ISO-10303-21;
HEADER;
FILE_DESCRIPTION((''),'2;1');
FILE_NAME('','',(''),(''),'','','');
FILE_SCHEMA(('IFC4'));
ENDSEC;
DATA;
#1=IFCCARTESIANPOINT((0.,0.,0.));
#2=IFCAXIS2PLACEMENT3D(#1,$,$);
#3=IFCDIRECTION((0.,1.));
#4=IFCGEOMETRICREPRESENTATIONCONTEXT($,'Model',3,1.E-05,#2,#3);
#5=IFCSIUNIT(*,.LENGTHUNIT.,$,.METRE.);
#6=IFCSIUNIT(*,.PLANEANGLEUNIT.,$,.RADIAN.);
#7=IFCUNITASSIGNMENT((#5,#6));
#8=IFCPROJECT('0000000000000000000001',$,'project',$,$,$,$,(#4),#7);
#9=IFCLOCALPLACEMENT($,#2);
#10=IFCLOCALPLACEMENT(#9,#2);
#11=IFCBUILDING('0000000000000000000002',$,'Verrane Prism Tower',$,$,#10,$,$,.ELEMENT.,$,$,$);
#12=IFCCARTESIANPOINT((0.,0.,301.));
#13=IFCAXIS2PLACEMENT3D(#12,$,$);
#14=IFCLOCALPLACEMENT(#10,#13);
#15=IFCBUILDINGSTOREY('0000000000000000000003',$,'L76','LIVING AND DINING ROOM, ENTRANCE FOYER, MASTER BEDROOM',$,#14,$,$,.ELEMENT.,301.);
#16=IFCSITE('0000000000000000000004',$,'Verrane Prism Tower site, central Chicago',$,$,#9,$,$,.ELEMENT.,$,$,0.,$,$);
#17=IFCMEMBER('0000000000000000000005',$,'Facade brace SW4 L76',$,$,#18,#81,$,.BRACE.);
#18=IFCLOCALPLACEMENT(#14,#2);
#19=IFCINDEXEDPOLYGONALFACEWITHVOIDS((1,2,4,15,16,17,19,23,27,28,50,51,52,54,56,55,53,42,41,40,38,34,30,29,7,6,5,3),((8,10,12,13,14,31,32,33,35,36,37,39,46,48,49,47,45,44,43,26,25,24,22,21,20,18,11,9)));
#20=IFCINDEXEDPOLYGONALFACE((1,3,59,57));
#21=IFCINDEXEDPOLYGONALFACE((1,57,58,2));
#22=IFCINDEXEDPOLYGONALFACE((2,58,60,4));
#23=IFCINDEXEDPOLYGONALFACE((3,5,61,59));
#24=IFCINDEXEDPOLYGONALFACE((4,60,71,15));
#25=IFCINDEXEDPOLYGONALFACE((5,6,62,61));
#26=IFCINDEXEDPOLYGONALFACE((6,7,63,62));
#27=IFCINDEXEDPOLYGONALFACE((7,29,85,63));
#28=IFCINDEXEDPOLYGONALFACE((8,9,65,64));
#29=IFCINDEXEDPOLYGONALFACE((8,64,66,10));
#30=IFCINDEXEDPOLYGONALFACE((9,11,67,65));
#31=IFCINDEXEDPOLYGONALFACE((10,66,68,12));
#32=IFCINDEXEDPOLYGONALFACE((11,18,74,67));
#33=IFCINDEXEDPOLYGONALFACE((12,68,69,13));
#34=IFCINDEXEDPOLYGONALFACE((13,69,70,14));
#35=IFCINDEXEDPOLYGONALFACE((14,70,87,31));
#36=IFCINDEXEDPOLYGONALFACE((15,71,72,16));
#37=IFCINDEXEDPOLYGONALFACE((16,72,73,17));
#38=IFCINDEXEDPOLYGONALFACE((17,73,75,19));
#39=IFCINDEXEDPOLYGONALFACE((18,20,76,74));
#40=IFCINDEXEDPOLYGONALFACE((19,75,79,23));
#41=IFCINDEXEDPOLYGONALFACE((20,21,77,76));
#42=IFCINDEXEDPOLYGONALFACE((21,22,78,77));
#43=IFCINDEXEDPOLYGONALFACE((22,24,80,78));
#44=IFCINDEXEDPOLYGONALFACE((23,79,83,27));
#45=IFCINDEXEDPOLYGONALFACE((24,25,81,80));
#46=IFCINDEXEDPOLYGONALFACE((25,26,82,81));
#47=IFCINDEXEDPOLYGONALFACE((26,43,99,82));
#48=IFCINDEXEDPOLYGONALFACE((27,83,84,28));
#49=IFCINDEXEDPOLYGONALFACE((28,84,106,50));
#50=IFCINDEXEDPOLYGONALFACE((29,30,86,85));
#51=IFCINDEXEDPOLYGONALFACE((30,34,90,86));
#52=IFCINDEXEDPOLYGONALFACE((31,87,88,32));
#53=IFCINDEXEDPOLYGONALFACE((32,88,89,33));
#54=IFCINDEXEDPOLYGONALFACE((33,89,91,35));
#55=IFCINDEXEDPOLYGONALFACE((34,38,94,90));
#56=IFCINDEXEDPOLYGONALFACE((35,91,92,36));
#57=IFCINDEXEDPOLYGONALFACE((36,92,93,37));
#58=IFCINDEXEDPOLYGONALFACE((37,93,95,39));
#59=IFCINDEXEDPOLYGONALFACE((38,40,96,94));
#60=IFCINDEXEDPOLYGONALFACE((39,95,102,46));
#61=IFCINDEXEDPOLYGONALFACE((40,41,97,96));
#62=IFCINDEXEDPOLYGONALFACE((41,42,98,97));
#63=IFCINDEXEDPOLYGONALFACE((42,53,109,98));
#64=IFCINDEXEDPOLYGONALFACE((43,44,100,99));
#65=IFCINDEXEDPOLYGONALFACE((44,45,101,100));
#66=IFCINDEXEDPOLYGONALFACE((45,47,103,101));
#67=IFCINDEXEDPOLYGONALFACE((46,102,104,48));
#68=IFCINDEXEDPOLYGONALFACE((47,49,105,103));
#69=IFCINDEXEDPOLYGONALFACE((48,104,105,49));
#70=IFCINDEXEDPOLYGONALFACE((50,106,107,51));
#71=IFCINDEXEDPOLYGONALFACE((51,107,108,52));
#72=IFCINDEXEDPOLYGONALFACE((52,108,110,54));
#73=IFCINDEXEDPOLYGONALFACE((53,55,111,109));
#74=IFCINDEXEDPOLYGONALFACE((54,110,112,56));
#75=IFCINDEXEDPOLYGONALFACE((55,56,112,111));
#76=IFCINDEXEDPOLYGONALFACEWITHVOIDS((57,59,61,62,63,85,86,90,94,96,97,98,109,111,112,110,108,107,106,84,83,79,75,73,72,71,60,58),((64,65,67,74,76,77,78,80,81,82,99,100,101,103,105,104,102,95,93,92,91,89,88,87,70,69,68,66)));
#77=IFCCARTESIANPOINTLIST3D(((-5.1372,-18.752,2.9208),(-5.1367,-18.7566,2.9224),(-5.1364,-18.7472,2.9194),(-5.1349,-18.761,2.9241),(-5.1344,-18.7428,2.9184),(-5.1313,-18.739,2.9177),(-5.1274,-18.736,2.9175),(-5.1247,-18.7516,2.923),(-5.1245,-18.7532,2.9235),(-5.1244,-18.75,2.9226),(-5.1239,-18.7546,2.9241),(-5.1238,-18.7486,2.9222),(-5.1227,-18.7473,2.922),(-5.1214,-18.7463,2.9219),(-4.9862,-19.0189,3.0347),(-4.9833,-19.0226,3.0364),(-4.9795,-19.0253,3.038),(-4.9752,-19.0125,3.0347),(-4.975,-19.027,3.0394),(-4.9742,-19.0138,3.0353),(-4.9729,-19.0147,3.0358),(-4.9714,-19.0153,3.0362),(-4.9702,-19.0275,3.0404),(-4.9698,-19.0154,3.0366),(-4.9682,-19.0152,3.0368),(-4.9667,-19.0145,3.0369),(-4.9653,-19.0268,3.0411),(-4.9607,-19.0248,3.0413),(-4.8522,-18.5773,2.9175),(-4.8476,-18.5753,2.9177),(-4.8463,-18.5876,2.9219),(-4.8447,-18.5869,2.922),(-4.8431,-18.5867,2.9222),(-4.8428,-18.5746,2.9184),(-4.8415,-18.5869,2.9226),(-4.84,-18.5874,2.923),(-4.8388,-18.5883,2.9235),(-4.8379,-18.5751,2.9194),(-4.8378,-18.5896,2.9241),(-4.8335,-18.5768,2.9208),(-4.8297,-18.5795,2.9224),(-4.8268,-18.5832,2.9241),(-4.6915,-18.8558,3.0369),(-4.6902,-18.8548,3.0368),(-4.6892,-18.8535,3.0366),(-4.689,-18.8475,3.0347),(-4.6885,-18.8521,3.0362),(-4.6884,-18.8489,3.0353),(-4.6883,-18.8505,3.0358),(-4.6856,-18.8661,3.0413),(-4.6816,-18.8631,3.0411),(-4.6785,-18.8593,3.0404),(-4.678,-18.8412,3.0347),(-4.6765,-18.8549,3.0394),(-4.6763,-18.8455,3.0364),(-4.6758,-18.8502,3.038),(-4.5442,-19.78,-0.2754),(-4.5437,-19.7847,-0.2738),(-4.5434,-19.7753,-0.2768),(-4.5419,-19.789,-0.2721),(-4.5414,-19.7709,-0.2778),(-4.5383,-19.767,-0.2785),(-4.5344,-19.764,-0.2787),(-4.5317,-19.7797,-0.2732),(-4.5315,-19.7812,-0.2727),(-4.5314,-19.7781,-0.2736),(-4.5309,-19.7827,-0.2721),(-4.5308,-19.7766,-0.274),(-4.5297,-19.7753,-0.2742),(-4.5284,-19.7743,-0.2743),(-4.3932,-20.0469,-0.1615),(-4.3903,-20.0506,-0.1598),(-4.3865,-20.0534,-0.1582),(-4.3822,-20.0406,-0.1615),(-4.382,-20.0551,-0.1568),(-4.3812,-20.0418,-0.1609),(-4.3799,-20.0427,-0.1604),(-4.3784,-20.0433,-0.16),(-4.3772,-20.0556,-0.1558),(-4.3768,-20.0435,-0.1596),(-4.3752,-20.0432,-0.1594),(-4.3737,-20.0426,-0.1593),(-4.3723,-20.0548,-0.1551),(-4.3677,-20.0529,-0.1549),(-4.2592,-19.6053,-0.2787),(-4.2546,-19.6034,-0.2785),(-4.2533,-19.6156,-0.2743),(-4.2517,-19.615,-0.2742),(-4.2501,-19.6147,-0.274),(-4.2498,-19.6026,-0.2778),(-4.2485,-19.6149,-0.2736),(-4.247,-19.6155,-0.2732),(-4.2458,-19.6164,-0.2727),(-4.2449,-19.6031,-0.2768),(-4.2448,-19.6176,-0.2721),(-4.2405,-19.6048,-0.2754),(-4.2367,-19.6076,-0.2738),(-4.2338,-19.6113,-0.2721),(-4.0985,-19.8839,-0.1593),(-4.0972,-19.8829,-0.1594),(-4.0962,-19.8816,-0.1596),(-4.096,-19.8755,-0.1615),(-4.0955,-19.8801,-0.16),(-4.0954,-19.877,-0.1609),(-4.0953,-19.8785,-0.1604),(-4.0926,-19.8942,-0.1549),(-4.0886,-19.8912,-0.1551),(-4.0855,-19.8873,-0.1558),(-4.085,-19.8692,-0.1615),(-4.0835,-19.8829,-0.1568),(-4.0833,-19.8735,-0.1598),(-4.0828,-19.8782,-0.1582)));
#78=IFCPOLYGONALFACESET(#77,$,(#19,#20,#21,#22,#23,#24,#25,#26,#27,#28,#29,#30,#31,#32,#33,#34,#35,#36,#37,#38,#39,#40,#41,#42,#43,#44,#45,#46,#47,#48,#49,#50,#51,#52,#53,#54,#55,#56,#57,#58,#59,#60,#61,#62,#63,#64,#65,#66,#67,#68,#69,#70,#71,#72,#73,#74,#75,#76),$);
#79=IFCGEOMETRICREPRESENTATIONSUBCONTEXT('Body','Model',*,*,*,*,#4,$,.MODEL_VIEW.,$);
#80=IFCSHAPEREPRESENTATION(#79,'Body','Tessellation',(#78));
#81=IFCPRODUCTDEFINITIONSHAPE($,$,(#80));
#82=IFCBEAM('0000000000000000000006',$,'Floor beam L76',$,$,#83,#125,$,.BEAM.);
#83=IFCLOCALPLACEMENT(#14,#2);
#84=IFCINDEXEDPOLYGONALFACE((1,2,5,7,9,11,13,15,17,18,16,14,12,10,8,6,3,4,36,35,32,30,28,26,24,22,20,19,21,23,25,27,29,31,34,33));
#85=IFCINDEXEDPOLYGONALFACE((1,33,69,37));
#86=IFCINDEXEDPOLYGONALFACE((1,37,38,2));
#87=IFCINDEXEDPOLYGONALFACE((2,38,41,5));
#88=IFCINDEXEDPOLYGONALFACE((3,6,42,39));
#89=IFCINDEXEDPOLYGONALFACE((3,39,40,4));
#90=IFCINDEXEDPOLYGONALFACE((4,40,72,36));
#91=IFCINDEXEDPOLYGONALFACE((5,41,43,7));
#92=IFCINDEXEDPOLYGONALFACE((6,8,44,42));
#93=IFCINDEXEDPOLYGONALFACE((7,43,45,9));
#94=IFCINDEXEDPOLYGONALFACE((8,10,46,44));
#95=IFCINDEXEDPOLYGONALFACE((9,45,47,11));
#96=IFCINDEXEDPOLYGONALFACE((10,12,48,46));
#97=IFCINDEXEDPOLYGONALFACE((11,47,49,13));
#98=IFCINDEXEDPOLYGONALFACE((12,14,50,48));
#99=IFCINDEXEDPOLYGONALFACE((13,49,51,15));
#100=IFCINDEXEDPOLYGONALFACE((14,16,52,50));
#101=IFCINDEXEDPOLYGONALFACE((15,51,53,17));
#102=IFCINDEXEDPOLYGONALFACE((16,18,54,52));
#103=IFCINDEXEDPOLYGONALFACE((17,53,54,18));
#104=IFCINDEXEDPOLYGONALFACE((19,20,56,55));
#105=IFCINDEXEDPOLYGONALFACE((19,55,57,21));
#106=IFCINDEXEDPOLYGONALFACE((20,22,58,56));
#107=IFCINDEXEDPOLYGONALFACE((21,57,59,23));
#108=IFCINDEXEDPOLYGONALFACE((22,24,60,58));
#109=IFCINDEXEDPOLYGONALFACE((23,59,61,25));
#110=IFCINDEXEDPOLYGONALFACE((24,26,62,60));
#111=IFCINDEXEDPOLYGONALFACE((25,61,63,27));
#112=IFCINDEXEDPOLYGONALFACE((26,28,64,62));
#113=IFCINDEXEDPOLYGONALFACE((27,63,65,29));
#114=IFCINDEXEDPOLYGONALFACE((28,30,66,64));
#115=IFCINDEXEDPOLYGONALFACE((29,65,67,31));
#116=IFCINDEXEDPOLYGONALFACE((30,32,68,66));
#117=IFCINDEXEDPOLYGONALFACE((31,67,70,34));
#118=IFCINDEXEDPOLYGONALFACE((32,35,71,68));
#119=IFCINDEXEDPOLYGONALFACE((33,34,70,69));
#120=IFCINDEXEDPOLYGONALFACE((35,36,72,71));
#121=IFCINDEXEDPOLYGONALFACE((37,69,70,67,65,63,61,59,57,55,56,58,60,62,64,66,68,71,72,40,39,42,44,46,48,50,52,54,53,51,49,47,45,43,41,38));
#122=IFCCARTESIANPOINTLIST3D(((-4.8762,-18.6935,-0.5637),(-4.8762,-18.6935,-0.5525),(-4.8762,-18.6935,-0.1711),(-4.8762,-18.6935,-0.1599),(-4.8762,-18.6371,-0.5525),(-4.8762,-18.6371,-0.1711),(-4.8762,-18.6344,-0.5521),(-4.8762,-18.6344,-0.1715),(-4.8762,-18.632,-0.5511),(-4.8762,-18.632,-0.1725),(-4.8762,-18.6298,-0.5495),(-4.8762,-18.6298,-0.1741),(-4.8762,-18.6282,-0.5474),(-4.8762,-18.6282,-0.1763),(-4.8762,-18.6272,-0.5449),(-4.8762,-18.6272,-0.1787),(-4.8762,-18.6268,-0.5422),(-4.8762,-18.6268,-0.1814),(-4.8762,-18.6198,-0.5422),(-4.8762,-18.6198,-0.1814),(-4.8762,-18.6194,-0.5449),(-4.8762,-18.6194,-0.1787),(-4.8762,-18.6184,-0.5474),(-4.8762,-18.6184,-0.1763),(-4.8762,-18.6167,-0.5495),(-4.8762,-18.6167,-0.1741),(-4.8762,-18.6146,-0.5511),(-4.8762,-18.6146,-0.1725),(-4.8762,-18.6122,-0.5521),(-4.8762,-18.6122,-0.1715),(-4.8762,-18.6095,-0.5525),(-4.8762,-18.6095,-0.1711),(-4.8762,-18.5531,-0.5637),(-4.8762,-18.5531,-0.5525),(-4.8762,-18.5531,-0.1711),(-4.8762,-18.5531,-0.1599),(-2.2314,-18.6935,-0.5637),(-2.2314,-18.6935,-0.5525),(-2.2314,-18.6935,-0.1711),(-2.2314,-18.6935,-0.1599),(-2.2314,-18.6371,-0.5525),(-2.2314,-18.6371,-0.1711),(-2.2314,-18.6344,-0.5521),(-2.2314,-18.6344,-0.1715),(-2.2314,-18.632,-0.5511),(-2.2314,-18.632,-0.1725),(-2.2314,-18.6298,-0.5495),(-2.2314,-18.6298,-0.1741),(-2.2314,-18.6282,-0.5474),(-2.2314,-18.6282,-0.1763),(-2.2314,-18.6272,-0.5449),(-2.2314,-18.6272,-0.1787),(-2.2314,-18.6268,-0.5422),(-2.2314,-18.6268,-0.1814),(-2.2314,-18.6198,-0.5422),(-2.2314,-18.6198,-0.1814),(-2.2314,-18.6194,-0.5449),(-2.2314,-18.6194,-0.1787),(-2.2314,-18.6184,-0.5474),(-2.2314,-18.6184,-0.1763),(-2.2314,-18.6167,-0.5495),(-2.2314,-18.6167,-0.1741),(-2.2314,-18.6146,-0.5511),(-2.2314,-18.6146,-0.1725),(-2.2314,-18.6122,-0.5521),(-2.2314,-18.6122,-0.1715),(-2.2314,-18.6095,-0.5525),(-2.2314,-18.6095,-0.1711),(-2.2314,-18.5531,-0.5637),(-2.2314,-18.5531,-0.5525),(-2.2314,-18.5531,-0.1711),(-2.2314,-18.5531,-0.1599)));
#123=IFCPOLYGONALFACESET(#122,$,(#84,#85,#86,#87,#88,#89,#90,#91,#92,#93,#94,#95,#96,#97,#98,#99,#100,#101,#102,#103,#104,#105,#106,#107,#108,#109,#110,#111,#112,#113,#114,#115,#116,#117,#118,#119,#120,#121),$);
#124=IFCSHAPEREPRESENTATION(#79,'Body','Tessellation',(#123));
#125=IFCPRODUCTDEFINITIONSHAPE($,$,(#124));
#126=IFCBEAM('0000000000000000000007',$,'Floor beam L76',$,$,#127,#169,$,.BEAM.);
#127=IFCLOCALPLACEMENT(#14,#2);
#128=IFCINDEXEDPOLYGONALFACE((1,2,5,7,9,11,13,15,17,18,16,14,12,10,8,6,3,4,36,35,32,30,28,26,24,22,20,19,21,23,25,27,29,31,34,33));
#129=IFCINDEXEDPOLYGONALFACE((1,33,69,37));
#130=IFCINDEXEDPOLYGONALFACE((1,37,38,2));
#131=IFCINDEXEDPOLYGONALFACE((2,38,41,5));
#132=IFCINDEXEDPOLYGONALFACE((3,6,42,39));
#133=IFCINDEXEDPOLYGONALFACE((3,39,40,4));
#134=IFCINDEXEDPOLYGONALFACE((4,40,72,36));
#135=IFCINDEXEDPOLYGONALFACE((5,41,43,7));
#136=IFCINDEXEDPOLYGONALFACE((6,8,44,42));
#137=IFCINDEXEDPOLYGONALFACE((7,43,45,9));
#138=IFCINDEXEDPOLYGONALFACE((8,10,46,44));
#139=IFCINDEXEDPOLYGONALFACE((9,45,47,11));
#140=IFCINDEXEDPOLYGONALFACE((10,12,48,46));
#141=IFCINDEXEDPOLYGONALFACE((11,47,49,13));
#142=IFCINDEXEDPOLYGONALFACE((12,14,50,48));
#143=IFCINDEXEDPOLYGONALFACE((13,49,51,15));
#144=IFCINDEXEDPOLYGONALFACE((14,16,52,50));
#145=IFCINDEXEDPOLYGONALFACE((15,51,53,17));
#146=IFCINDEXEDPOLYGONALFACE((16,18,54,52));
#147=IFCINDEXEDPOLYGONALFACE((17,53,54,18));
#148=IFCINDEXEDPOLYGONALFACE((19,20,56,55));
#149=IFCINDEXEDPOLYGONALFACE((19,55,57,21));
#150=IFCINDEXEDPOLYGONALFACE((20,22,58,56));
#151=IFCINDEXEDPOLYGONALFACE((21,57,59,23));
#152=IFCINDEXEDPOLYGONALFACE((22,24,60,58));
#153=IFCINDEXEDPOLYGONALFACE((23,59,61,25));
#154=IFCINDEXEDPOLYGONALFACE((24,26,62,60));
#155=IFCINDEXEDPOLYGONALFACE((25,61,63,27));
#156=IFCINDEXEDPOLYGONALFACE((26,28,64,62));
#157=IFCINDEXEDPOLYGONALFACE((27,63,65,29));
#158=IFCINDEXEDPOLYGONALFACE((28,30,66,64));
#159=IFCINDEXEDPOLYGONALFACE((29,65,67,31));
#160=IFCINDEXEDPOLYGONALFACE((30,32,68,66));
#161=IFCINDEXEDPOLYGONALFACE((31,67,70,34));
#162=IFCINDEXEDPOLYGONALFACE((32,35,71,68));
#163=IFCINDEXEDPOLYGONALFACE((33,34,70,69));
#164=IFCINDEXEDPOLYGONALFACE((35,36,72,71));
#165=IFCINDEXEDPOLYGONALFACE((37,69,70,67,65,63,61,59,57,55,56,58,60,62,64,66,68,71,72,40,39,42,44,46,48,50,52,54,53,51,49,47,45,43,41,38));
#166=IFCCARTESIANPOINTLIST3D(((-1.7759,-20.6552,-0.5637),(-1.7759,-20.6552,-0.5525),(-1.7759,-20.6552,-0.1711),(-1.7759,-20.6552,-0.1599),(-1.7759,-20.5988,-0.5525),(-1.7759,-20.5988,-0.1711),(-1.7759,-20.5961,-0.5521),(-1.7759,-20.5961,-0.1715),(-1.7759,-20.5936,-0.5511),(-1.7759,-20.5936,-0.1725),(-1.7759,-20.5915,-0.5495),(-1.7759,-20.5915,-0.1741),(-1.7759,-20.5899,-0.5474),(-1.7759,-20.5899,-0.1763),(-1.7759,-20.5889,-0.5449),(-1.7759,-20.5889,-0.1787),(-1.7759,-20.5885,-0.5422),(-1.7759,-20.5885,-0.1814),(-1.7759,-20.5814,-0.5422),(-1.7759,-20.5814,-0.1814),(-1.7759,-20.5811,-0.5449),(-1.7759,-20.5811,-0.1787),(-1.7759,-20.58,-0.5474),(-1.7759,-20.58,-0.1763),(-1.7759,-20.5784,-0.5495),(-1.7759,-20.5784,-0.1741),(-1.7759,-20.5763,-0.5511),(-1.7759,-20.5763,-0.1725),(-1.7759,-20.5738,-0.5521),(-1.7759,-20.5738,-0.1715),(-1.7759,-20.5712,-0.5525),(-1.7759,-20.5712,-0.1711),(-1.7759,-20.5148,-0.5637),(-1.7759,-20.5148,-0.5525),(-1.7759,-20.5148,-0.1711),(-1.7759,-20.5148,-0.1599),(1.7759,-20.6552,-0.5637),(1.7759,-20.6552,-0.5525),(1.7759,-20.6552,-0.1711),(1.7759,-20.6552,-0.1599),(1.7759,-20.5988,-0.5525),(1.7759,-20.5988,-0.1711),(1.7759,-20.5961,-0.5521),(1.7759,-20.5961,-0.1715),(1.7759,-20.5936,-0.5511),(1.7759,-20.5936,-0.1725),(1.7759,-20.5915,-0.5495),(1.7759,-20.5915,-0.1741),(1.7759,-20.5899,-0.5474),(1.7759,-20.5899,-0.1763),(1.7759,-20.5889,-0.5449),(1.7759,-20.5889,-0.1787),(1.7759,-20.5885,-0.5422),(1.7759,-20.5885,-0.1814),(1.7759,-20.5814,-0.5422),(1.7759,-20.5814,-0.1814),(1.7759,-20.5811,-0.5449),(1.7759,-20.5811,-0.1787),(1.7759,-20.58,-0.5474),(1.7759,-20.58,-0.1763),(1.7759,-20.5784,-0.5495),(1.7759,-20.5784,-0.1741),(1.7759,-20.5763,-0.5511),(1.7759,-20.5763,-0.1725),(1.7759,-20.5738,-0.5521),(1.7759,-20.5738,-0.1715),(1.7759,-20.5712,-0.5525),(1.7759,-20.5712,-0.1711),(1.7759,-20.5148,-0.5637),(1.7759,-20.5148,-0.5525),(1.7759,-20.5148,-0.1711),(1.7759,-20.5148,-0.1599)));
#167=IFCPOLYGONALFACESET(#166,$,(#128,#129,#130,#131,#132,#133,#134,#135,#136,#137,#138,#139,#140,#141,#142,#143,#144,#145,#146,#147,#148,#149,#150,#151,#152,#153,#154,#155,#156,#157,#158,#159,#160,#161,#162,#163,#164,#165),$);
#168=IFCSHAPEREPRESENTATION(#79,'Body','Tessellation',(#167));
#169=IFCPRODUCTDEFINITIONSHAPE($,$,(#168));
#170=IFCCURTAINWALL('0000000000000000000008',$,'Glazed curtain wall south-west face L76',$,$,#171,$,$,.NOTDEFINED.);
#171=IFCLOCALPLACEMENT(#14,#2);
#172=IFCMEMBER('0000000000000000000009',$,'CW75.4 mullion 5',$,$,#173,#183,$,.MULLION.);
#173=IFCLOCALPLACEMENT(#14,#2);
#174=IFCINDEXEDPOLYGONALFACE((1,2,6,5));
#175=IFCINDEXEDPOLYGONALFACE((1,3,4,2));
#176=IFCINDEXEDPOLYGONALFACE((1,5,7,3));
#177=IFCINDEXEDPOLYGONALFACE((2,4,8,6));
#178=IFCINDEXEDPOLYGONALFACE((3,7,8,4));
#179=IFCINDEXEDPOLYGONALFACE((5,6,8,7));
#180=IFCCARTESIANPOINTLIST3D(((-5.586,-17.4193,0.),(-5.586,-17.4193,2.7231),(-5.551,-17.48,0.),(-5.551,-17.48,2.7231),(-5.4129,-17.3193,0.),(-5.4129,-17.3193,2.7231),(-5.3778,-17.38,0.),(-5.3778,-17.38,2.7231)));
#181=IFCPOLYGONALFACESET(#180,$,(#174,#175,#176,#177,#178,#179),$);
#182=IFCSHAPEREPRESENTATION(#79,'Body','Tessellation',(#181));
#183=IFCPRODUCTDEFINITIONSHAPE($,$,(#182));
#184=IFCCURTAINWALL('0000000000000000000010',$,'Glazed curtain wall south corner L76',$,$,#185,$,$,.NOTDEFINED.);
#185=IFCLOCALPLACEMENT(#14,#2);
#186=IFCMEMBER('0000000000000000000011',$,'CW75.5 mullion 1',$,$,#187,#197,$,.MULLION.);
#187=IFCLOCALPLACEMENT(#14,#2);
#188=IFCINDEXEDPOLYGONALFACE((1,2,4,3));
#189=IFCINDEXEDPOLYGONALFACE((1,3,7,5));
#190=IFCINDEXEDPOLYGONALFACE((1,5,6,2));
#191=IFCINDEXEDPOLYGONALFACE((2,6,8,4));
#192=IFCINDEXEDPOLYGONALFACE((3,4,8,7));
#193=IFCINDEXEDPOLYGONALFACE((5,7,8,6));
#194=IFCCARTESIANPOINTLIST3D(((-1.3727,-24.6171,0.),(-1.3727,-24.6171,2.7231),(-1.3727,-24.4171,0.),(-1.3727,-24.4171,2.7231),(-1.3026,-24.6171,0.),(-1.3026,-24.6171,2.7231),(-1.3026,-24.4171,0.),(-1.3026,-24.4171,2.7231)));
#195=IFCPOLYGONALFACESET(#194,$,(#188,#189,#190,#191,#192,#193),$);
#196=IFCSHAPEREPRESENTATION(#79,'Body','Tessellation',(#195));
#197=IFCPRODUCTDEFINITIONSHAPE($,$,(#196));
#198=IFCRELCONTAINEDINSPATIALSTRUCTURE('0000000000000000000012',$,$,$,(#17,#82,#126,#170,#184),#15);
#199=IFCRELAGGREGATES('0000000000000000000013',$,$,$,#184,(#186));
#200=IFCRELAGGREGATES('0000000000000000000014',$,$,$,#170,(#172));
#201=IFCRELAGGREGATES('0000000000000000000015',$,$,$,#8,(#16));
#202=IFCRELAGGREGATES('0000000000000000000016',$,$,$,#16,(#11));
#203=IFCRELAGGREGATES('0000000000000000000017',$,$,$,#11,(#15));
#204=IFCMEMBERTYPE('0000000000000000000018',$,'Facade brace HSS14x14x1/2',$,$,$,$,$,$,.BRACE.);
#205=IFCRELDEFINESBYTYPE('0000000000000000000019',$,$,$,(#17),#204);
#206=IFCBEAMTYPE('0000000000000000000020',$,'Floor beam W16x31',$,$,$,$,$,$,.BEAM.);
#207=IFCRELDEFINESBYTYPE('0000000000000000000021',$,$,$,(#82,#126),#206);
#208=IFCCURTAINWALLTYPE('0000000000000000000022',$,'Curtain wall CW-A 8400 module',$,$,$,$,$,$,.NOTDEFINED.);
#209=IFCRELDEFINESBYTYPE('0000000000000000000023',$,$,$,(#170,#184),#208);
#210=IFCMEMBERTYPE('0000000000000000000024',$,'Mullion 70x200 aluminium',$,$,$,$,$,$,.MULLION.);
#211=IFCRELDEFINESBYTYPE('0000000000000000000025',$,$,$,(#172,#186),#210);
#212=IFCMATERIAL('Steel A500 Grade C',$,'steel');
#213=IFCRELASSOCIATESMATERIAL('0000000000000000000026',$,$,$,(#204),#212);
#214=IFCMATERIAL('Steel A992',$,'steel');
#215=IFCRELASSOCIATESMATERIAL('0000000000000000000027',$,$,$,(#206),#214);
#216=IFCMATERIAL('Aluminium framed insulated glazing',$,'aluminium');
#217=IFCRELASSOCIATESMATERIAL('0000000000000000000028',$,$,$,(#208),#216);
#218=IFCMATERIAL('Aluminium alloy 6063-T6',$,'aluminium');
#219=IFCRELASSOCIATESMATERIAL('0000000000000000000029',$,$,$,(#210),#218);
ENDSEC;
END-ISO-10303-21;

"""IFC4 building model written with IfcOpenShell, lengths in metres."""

from ifc_helpers import new_model, si_unit, direction, frame, origin, origin_2d, place, context, subcontext, project, spatial, rectangle, hollow_rectangle, i_section, extrude, material, material_profile, profile_set, type_object, element, aggregate, save


model = new_model("IFC4")

# Units and contexts
model_context = context("Model", 3, precision=1e-05, world=origin(), true_north=direction((0.0, 1.0)))
body_context = subcontext(model_context, "Body", "Model", "MODEL_VIEW")
ifc_project = project(units=[si_unit("LENGTHUNIT", "METRE"), si_unit("PLANEANGLEUNIT", "RADIAN")], contexts=[model_context])

# Site, building, storey
site_placement = place(None, origin())
site = spatial("IfcSite", under=ifc_project, at=site_placement, Name="Verrane Prism Tower site, central Chicago", CompositionType="ELEMENT", RefElevation=0.0)
building_placement = place(site_placement, origin())
building = spatial("IfcBuilding", under=site, at=building_placement, Name="Verrane Prism Tower", CompositionType="ELEMENT")
storey_placement = place(building_placement, frame((0.0, 0.0, 301.0)))
storey = spatial("IfcBuildingStorey", under=building, at=storey_placement, Name="L76", Description="LIVING AND DINING ROOM, ENTRANCE FOYER, MASTER BEDROOM", CompositionType="ELEMENT", Elevation=301.0)

# Member
ifc_material_1 = material(Name="Steel A500 Grade C", Category="steel")
ifc_material_profile_1 = material_profile(ifc_material_1, hollow_rectangle(XDim=0.3557, YDim=0.3557, WallThickness=0.0127, InnerFilletRadius=0.0063, OuterFilletRadius=0.019, at=origin_2d()), Name="HSS14x14x1/2")
ifc_profile_set_1 = profile_set([ifc_material_profile_1], Name="Steel A500 Grade C")
member_type_1 = type_object("IfcMemberType", Name="Facade brace HSS14x14x1/2", PredefinedType="BRACE", material=ifc_profile_set_1)
member_1_placement = place(storey_placement, frame((-4.3135, -19.8291, -0.2168), z_axis=(-0.17393, 0.30153, 0.937458), x_axis=(-0.866223, -0.499657, 0.0)))
element("IfcMember", 1, at=member_1_placement, inside=storey, type_object=member_type_1, Name="Facade brace SW4 L76", PredefinedType="BRACE", context=body_context, shape_type="SweptSolid", body=[
    extrude(hollow_rectangle(XDim=0.3557, YDim=0.3557, WallThickness=0.0127, InnerFilletRadius=0.0063, OuterFilletRadius=0.019, at=origin_2d()), origin(), (0.0, 0.0, 1.0), 3.4094),
])

# Beams
ifc_material_2 = material(Name="Steel A992", Category="steel")
ifc_material_profile_2 = material_profile(ifc_material_2, i_section(OverallWidth=0.1404, OverallDepth=0.4038, WebThickness=0.0071, FlangeThickness=0.0112, FilletRadius=0.0103, at=origin_2d()), Name="W16x31")
ifc_profile_set_2 = profile_set([ifc_material_profile_2], Name="Steel A992")
beam_type_1 = type_object("IfcBeamType", Name="Floor beam W16x31", PredefinedType="BEAM", material=ifc_profile_set_2)
beam_1_placement = place(storey_placement, frame((-4.8762, -18.6233, -0.3618), z_axis=(1.0, 0.0, 0.0), x_axis=(0.0, 1.0, 0.0)))
element("IfcBeam", 2, at=beam_1_placement, inside=storey, type_object=beam_type_1, Name="Floor beam L76", PredefinedType="BEAM", context=body_context, shape_type="SweptSolid", body=[
    extrude(i_section(OverallWidth=0.1404, OverallDepth=0.4038, WebThickness=0.0071, FlangeThickness=0.0112, FilletRadius=0.0103, at=origin_2d()), origin(), (0.0, 0.0, 1.0), 2.6448),
])
beam_2_placement = place(storey_placement, frame((-1.7759, -20.585, -0.3618), z_axis=(1.0, 0.0, 0.0), x_axis=(0.0, 1.0, 0.0)))
element("IfcBeam", 3, at=beam_2_placement, inside=storey, type_object=beam_type_1, Name="Floor beam L76", PredefinedType="BEAM", context=body_context, shape_type="SweptSolid", body=[
    extrude(i_section(OverallWidth=0.1404, OverallDepth=0.4038, WebThickness=0.0071, FlangeThickness=0.0112, FilletRadius=0.0103, at=origin_2d()), origin(), (0.0, 0.0, 1.0), 3.5518),
])

# Curtain walls, members
ifc_material_3 = material(Name="Aluminium framed insulated glazing", Category="aluminium")
curtain_wall_type = type_object("IfcCurtainWallType", Name="Curtain wall CW-A 8400 module", PredefinedType="NOTDEFINED", material=ifc_material_3)
curtain_wall_1_placement = place(storey_placement, origin())
curtain_wall_1 = element("IfcCurtainWall", 4, at=curtain_wall_1_placement, inside=storey, type_object=curtain_wall_type, Name="Glazed curtain wall south-west face L76", PredefinedType="NOTDEFINED")
ifc_material_4 = material(Name="Aluminium alloy 6063-T6", Category="aluminium")
ifc_material_profile_3 = material_profile(ifc_material_4, rectangle(XDim=0.2, YDim=0.0701, at=origin_2d()), Name="Mullion 70x200 aluminium")
ifc_profile_set_3 = profile_set([ifc_material_profile_3], Name="Aluminium alloy 6063-T6")
member_type_2 = type_object("IfcMemberType", Name="Mullion 70x200 aluminium", PredefinedType="MULLION", material=ifc_profile_set_3)
member_2_placement = place(storey_placement, frame((-5.4819, -17.3997, 0.0), z_axis=(0.0, 0.0, 1.0), x_axis=(0.866025, 0.500001, 0.0)))
member_2 = element("IfcMember", 5, at=member_2_placement, type_object=member_type_2, Name="CW75.4 mullion 5", PredefinedType="MULLION", context=body_context, shape_type="SweptSolid", body=[
    extrude(rectangle(XDim=0.2, YDim=0.0701, at=origin_2d()), origin(), (0.0, 0.0, 1.0), 2.7231),
])
curtain_wall_2_placement = place(storey_placement, origin())
curtain_wall_2 = element("IfcCurtainWall", 6, at=curtain_wall_2_placement, inside=storey, type_object=curtain_wall_type, Name="Glazed curtain wall south corner L76", PredefinedType="NOTDEFINED")
member_3_placement = place(storey_placement, frame((-1.3376, -24.5171, 0.0), z_axis=(0.0, 0.0, 1.0), x_axis=(0.0, 1.0, 0.0)))
member_3 = element("IfcMember", 7, at=member_3_placement, type_object=member_type_2, Name="CW75.5 mullion 1", PredefinedType="MULLION", context=body_context, shape_type="SweptSolid", body=[
    extrude(rectangle(XDim=0.2, YDim=0.0701, at=origin_2d()), origin(), (0.0, 0.0, 1.0), 2.7231),
])

aggregate(curtain_wall_2, [member_3])

aggregate(curtain_wall_1, [member_2])

save(model, "model.ifc")
